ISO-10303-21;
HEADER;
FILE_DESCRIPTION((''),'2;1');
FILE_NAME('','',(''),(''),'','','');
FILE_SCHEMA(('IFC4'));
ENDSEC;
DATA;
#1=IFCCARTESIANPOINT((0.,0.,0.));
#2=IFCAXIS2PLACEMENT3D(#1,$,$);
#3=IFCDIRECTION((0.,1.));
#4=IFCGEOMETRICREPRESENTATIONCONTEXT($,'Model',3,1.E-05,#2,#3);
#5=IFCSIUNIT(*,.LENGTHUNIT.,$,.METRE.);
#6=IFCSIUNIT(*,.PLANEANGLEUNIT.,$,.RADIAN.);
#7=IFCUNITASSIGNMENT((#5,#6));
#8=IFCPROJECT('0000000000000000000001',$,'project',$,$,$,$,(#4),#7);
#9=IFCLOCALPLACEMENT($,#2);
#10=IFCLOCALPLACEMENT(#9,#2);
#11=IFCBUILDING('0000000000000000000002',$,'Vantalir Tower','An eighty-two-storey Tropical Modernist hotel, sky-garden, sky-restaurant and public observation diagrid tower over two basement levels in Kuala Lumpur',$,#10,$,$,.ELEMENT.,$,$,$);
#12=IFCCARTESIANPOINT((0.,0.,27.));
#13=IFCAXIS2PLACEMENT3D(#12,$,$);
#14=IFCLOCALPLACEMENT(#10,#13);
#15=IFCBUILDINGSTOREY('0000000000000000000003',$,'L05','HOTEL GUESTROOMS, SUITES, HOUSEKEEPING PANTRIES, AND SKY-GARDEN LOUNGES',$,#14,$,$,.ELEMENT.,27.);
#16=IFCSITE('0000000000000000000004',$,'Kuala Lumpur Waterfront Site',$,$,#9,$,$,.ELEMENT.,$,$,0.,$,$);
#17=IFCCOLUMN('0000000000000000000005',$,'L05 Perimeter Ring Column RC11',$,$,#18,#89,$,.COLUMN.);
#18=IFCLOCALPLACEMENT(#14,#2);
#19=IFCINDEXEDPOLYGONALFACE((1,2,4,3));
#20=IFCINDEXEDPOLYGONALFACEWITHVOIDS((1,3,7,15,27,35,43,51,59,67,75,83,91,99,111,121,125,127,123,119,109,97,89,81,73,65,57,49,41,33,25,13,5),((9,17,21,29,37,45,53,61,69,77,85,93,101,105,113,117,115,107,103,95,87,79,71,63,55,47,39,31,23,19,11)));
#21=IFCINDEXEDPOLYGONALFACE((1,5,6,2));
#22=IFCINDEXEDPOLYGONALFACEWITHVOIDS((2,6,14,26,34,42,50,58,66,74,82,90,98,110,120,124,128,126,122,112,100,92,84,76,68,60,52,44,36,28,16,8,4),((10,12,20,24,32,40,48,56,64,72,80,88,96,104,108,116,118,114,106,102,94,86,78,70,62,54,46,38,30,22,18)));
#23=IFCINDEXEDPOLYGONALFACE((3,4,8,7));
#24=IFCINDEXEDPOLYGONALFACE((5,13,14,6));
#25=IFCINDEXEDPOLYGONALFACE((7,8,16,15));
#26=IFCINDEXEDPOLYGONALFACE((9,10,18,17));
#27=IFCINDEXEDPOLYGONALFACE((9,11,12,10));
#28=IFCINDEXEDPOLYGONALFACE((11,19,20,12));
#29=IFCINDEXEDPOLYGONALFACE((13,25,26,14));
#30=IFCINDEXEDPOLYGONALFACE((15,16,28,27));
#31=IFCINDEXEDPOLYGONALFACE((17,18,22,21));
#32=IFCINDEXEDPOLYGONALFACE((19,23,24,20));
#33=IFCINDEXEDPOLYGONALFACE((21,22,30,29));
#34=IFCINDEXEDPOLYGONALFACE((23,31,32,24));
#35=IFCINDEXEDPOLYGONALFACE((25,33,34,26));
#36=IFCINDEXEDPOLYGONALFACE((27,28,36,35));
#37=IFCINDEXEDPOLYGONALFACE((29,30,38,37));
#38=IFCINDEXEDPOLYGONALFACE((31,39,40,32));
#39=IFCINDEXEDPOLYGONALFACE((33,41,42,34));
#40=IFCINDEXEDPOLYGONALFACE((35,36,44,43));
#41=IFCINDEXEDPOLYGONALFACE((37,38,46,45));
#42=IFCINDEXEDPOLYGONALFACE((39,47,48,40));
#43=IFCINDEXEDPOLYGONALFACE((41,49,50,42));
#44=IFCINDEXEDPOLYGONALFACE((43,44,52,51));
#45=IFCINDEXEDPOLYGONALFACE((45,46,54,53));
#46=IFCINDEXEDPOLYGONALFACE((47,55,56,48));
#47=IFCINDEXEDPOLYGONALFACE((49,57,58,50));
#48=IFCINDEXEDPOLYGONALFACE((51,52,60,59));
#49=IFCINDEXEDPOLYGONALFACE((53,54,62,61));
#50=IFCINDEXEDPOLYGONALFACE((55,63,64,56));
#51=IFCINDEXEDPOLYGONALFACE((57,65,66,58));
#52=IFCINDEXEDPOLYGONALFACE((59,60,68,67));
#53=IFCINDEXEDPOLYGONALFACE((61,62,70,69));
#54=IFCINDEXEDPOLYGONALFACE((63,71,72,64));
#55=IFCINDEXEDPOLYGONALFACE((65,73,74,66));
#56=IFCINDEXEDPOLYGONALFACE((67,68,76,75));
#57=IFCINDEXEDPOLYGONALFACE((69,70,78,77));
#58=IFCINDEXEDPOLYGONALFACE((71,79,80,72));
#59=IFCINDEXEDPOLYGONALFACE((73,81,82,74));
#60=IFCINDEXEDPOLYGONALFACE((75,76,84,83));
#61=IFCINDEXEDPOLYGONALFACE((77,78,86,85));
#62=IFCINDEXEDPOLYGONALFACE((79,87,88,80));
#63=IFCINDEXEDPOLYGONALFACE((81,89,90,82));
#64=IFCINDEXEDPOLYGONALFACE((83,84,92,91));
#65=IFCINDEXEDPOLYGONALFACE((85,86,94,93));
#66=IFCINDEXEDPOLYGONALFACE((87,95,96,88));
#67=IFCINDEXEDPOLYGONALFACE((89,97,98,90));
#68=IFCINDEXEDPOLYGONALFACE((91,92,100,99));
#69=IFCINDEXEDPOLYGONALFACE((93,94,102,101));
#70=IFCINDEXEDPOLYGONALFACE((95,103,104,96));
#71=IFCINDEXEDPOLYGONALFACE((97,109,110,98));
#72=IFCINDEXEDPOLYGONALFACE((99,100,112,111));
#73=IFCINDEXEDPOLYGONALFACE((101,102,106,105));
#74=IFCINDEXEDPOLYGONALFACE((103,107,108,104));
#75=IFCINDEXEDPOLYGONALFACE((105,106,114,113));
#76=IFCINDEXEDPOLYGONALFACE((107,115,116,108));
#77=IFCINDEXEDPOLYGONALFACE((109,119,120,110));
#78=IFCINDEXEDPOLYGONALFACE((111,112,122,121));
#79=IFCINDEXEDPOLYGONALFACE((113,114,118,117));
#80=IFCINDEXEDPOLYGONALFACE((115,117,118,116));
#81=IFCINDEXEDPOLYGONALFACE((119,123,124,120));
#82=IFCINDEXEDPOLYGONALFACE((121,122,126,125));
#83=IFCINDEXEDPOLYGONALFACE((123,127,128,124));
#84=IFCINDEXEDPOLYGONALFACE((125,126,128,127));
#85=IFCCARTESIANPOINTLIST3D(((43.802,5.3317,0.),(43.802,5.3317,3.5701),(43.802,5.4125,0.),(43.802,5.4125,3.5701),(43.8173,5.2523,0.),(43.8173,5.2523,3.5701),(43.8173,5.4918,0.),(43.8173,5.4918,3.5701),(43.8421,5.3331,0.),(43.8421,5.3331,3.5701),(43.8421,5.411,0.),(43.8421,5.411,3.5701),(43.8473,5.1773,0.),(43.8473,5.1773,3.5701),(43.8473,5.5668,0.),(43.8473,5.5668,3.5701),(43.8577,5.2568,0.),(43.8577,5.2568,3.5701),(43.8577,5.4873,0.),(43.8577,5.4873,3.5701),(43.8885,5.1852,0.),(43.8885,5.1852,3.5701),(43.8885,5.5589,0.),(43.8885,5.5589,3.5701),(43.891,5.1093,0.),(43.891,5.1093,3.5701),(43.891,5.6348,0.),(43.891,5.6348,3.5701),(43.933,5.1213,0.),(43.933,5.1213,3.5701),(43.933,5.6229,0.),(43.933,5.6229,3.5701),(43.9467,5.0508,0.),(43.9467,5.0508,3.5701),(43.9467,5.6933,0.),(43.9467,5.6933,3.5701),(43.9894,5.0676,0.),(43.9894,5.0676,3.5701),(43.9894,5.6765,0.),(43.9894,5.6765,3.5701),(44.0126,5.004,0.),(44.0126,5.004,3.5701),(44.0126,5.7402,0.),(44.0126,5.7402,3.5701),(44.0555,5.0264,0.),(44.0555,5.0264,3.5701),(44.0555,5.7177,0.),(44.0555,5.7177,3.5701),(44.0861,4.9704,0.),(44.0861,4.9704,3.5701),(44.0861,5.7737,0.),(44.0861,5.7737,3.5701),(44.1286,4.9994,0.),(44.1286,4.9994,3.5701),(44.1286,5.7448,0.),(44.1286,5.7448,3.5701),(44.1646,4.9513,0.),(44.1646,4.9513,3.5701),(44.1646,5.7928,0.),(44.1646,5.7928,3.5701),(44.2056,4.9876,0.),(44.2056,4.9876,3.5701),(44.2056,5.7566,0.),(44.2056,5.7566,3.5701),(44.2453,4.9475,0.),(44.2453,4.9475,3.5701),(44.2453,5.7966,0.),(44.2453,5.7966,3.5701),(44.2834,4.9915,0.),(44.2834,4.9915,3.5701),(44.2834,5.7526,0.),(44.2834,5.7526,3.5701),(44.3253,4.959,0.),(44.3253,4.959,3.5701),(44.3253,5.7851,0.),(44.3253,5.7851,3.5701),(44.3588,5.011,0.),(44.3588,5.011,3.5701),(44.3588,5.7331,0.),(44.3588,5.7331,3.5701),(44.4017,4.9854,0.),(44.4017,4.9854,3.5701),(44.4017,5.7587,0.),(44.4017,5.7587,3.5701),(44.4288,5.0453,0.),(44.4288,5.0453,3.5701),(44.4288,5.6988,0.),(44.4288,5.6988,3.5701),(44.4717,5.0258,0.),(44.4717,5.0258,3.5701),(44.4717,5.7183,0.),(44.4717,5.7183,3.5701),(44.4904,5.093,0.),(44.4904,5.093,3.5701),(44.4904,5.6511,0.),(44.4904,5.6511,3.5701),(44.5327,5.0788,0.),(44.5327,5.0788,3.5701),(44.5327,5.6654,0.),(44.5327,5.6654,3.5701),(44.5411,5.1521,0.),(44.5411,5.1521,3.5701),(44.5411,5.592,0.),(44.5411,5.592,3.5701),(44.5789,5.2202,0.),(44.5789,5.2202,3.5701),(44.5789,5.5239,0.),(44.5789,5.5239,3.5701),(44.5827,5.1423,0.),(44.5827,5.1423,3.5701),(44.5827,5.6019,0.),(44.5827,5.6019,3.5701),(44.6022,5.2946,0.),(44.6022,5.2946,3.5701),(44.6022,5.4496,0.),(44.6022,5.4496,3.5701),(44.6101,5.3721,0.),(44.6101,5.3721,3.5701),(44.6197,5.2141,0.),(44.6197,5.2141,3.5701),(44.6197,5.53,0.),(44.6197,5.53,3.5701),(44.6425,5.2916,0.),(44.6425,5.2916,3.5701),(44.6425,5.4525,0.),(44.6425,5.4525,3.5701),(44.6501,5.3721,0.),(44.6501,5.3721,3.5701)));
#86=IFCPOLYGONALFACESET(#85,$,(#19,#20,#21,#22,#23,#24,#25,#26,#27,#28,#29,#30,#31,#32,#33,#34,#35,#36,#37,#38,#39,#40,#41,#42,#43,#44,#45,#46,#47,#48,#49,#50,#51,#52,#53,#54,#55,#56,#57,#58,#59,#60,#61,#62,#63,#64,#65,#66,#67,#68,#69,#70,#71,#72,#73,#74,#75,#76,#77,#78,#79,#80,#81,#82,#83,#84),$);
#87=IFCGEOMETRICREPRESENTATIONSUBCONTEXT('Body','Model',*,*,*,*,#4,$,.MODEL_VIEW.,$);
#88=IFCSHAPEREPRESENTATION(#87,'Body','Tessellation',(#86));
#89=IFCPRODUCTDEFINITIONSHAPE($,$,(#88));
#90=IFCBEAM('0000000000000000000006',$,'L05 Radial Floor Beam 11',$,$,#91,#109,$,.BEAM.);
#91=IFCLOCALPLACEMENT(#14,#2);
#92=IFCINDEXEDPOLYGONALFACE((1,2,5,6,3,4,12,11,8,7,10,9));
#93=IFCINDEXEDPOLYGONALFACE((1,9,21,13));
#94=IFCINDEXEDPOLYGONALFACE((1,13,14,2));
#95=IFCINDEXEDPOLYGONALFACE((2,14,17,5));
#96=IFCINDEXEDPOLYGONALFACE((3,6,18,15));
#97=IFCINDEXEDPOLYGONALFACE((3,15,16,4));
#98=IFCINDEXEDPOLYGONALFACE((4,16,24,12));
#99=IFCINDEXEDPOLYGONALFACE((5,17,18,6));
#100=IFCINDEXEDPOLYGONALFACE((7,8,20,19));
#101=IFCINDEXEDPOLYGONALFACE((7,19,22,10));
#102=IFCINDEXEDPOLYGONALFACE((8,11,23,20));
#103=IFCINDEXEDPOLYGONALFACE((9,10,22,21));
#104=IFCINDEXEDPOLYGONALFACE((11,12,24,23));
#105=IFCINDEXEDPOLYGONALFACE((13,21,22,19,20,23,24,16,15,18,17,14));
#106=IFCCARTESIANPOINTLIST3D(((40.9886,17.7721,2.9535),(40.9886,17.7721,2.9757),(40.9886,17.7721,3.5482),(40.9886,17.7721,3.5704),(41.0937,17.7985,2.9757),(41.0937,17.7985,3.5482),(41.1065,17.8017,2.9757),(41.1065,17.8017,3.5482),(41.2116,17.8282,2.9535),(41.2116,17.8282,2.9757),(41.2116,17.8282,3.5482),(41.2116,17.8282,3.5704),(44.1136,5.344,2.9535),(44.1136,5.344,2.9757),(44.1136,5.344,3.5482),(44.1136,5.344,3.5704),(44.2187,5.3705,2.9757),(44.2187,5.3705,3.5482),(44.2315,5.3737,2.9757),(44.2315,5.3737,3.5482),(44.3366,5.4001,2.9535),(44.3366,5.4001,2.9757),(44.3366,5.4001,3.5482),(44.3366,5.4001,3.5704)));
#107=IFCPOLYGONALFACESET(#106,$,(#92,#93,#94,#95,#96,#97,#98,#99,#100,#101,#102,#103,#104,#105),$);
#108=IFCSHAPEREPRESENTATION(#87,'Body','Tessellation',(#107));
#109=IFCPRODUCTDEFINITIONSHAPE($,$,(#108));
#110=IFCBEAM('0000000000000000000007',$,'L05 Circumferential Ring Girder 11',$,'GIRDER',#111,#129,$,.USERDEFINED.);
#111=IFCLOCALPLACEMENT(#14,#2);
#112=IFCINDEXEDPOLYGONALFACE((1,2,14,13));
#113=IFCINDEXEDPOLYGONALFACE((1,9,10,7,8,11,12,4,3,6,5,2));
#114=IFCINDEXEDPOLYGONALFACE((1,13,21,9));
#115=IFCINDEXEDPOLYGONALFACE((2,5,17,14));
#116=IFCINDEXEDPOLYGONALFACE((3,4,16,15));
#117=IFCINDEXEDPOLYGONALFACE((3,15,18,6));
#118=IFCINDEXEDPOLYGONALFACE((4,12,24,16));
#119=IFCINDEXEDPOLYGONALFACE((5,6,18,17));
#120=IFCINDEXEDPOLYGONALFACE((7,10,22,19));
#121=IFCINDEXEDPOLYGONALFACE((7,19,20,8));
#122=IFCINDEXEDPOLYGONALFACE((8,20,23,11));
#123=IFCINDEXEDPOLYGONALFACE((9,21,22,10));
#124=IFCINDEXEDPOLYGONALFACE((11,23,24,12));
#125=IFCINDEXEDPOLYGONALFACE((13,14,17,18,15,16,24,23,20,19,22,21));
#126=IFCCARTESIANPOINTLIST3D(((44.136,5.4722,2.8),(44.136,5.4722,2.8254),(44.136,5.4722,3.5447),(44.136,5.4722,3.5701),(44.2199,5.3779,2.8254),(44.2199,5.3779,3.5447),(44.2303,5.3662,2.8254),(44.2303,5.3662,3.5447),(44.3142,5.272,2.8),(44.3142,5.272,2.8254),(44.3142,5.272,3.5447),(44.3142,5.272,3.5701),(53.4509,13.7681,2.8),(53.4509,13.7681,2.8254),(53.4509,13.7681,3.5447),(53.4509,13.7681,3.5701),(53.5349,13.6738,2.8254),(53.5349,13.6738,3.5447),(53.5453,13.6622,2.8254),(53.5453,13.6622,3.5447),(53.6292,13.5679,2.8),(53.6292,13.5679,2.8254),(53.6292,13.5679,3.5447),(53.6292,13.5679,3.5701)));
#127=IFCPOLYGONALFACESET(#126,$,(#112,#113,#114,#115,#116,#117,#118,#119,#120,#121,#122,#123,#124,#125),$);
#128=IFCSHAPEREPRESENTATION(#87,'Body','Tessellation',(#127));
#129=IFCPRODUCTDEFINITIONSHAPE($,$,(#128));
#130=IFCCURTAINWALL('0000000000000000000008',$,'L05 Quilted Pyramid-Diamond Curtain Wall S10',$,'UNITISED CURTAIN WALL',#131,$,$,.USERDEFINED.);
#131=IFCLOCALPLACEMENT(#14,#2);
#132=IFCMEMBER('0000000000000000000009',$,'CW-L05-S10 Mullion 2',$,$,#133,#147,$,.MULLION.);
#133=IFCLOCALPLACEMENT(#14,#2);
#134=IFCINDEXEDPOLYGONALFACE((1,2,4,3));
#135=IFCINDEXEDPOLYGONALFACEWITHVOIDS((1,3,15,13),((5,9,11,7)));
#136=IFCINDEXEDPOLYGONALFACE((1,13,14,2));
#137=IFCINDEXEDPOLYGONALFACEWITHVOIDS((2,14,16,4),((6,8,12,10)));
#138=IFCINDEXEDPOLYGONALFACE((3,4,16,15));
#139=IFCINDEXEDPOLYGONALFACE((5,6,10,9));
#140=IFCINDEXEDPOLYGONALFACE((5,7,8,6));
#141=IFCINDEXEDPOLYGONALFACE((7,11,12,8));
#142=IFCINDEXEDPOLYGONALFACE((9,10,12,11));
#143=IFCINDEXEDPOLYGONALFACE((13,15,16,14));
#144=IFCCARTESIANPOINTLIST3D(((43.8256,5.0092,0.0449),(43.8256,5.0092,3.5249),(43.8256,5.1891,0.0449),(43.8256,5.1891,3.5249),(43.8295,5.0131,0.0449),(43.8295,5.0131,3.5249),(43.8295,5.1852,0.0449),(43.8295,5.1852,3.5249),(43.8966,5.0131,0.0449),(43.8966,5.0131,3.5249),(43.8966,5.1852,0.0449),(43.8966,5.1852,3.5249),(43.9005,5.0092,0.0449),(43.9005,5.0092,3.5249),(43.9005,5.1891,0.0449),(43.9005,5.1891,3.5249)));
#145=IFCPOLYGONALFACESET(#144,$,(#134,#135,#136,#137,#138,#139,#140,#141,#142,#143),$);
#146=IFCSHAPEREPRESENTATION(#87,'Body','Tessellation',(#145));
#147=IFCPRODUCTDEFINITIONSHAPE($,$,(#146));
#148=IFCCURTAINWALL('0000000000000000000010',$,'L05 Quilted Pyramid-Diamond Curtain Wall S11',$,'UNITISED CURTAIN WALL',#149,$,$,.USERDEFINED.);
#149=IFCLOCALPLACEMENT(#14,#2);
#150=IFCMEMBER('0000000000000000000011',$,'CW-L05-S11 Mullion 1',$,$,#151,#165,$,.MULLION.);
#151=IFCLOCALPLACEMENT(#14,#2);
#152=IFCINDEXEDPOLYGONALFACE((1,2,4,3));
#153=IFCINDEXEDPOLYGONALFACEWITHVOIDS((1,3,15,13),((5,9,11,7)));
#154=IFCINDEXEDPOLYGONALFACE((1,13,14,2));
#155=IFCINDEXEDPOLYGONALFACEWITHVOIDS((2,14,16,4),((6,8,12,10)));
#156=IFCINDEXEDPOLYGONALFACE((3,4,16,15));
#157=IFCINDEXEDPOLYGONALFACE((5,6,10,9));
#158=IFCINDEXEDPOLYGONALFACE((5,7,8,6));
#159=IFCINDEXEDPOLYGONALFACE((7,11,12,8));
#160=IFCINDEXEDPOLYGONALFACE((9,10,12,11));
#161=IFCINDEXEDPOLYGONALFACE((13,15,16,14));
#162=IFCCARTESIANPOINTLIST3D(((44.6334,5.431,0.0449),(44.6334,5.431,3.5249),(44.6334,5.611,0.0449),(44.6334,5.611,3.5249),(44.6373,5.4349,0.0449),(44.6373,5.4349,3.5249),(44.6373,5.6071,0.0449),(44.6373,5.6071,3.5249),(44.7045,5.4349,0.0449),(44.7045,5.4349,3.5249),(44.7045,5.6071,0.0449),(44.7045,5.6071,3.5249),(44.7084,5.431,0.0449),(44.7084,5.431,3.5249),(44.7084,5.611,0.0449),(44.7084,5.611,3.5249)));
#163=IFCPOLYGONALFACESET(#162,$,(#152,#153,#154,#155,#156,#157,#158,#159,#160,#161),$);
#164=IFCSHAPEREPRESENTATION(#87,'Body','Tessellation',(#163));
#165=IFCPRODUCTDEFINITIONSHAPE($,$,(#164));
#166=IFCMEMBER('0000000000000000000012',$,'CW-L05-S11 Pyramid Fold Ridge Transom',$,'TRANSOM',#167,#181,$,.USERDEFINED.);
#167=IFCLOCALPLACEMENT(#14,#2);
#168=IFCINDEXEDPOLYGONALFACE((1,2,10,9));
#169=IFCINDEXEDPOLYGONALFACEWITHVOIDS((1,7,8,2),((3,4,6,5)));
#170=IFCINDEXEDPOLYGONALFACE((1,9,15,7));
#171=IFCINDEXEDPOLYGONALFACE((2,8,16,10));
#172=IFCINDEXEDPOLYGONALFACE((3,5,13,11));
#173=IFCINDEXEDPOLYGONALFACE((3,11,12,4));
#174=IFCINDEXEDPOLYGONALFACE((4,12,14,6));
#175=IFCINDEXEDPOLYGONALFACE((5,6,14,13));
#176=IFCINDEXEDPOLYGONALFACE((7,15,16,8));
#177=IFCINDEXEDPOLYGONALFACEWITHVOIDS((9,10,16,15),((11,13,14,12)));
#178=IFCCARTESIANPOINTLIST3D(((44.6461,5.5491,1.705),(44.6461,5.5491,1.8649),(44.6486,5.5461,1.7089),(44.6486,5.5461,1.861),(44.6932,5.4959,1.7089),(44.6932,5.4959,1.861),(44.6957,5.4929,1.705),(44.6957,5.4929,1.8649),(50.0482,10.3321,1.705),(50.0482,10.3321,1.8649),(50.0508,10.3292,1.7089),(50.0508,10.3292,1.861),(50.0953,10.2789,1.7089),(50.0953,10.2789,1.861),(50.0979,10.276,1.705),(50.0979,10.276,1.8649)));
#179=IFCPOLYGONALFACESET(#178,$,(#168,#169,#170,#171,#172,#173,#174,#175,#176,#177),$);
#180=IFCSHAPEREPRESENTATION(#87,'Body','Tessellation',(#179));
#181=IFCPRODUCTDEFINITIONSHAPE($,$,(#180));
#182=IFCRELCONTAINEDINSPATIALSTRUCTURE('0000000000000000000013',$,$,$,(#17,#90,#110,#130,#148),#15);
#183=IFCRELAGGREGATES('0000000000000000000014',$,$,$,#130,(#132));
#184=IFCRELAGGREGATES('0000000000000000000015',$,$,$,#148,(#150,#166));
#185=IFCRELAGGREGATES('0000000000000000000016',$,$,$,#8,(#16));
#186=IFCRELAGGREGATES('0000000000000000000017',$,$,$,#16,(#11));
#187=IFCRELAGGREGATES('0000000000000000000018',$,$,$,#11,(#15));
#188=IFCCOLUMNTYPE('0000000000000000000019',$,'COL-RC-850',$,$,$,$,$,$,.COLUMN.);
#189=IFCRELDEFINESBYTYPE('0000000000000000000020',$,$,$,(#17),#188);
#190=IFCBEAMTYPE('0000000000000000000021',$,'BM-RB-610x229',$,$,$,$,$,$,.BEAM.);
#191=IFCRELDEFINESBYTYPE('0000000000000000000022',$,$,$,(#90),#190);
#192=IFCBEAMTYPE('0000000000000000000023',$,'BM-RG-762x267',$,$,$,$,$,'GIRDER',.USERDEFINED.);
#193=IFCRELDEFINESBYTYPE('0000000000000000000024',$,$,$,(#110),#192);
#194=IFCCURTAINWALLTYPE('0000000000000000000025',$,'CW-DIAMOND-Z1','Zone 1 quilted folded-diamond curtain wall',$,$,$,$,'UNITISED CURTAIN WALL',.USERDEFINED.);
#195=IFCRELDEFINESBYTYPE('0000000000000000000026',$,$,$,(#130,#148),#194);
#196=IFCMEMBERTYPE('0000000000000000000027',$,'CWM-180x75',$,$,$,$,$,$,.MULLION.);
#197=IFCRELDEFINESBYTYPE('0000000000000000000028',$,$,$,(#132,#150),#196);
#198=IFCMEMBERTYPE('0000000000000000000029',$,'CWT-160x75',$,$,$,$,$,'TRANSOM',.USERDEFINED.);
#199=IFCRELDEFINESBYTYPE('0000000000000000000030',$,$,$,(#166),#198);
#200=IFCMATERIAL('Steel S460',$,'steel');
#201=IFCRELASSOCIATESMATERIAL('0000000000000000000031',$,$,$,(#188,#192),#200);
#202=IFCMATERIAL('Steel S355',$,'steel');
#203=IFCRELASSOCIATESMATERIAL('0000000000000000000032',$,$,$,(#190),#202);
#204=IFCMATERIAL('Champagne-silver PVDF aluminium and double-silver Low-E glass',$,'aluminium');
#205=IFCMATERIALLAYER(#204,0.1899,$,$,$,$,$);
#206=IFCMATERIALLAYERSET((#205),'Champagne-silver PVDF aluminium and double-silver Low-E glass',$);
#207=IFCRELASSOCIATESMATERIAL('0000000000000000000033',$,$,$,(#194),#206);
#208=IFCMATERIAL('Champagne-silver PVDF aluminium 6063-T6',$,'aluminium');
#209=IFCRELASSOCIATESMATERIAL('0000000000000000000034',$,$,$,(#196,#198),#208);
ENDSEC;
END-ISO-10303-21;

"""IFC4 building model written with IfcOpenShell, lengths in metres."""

from ifc_helpers import new_model, si_unit, direction, frame, origin, origin_2d, place, context, subcontext, project, spatial, hollow_rectangle, hollow_circle, i_section, extrude, material, layer, layer_set, material_profile, profile_set, type_object, element, aggregate, save


model = new_model("IFC4")

# Units and contexts
model_context = context("Model", 3, precision=1e-05, world=origin(), true_north=direction((0.0, 1.0)))
body_context = subcontext(model_context, "Body", "Model", "MODEL_VIEW")
ifc_project = project(units=[si_unit("LENGTHUNIT", "METRE"), si_unit("PLANEANGLEUNIT", "RADIAN")], contexts=[model_context])

# Site, building, storey
site_placement = place(None, origin())
site = spatial("IfcSite", under=ifc_project, at=site_placement, Name="Kuala Lumpur Waterfront Site", CompositionType="ELEMENT", RefElevation=0.0)
building_placement = place(site_placement, origin())
building = spatial("IfcBuilding", under=site, at=building_placement, Name="Vantalir Tower", Description="An eighty-two-storey Tropical Modernist hotel, sky-garden, sky-restaurant and public observation diagrid tower over two basement levels in Kuala Lumpur", CompositionType="ELEMENT")
storey_placement = place(building_placement, frame((0.0, 0.0, 27.0)))
storey = spatial("IfcBuildingStorey", under=building, at=storey_placement, Name="L05", Description="HOTEL GUESTROOMS, SUITES, HOUSEKEEPING PANTRIES, AND SKY-GARDEN LOUNGES", CompositionType="ELEMENT", Elevation=27.0)

# Column
ifc_material_1 = material(Name="Steel S460", Category="steel")
ifc_material_profile_1 = material_profile(ifc_material_1, hollow_circle(Radius=0.425, WallThickness=0.04, at=origin_2d()), Name="Steel S460")
ifc_profile_set_1 = profile_set([ifc_material_profile_1], Name="Steel S460")
column_type = type_object("IfcColumnType", Name="COL-RC-850", PredefinedType="COLUMN", material=ifc_profile_set_1)
column_placement = place(storey_placement, frame((44.2251, 5.3721, 0.0), z_axis=(0.0, 0.0, 1.0), x_axis=(1.0, 0.0, 0.0)))
element("IfcColumn", 1, at=column_placement, inside=storey, type_object=column_type, Name="L05 Perimeter Ring Column RC11", PredefinedType="COLUMN", context=body_context, shape_type="SweptSolid", body=[
    extrude(hollow_circle(Radius=0.425, WallThickness=0.04, at=origin_2d()), origin(), (0.0, 0.0, 1.0), 3.5701),
])

# Beams
ifc_material_2 = material(Name="Steel S355", Category="steel")
ifc_material_profile_2 = material_profile(ifc_material_2, i_section(OverallWidth=0.23, OverallDepth=0.6169, WebThickness=0.0132, FlangeThickness=0.0222, at=origin_2d()), Name="Steel S355")
ifc_profile_set_2 = profile_set([ifc_material_profile_2], Name="Steel S355")
beam_type_1 = type_object("IfcBeamType", Name="BM-RB-610x229", PredefinedType="BEAM", material=ifc_profile_set_2)
beam_1_placement = place(storey_placement, frame((44.2251, 5.3721, 3.262), z_axis=(-0.243858, 0.969811, 0.0), x_axis=(-0.969811, -0.243858, 0.0)))
element("IfcBeam", 2, at=beam_1_placement, inside=storey, type_object=beam_type_1, Name="L05 Radial Floor Beam 11", PredefinedType="BEAM", context=body_context, shape_type="SweptSolid", body=[
    extrude(i_section(OverallWidth=0.23, OverallDepth=0.6169, WebThickness=0.0132, FlangeThickness=0.0222, at=origin_2d()), origin(), (0.0, 0.0, 1.0), 12.8149),
])
ifc_material_profile_3 = material_profile(ifc_material_1, i_section(OverallWidth=0.2681, OverallDepth=0.77, WebThickness=0.0156, FlangeThickness=0.0254, at=origin_2d()), Name="Steel S460")
ifc_profile_set_3 = profile_set([ifc_material_profile_3], Name="Steel S460")
beam_type_2 = type_object("IfcBeamType", Name="BM-RG-762x267", ElementType="GIRDER", PredefinedType="USERDEFINED", material=ifc_profile_set_3)
beam_2_placement = place(storey_placement, frame((44.2251, 5.3721, 3.1851), z_axis=(0.746774, 0.665078, 0.0), x_axis=(-0.665078, 0.746774, 0.0)))
element("IfcBeam", 3, at=beam_2_placement, inside=storey, type_object=beam_type_2, Name="L05 Circumferential Ring Girder 11", ObjectType="GIRDER", PredefinedType="USERDEFINED", context=body_context, shape_type="SweptSolid", body=[
    extrude(i_section(OverallWidth=0.2681, OverallDepth=0.77, WebThickness=0.0156, FlangeThickness=0.0254, at=origin_2d()), origin(), (0.0, 0.0, 1.0), 12.4736),
])

# Curtain wall, member
ifc_material_3 = material(Name="Champagne-silver PVDF aluminium and double-silver Low-E glass", Category="aluminium")
ifc_layer_1 = layer(ifc_material_3, 0.1899)
ifc_layer_set_1 = layer_set([ifc_layer_1], Name="Champagne-silver PVDF aluminium and double-silver Low-E glass")
curtain_wall_type = type_object("IfcCurtainWallType", Name="CW-DIAMOND-Z1", Description="Zone 1 quilted folded-diamond curtain wall", ElementType="UNITISED CURTAIN WALL", PredefinedType="USERDEFINED", material=ifc_layer_set_1)
curtain_wall_1_placement = place(storey_placement, origin())
curtain_wall_1 = element("IfcCurtainWall", 4, at=curtain_wall_1_placement, inside=storey, type_object=curtain_wall_type, Name="L05 Quilted Pyramid-Diamond Curtain Wall S10", ObjectType="UNITISED CURTAIN WALL", PredefinedType="USERDEFINED")
ifc_material_4 = material(Name="Champagne-silver PVDF aluminium 6063-T6", Category="aluminium")
ifc_material_profile_4 = material_profile(ifc_material_4, hollow_rectangle(XDim=0.075, YDim=0.1799, WallThickness=0.0039, at=origin_2d()), Name="Champagne-silver PVDF aluminium 6063-T6")
ifc_profile_set_4 = profile_set([ifc_material_profile_4], Name="Champagne-silver PVDF aluminium 6063-T6")
member_type_1 = type_object("IfcMemberType", Name="CWM-180x75", PredefinedType="MULLION", material=ifc_profile_set_4)
member_1_placement = place(storey_placement, frame((43.863, 5.0991, 0.0449), z_axis=(0.0, 0.0, 1.0), x_axis=(1.0, 0.0, 0.0)))
member_1 = element("IfcMember", 5, at=member_1_placement, type_object=member_type_1, Name="CW-L05-S10 Mullion 2", PredefinedType="MULLION", context=body_context, shape_type="SweptSolid", body=[
    extrude(hollow_rectangle(XDim=0.075, YDim=0.1799, WallThickness=0.0039, at=origin_2d()), origin(), (0.0, 0.0, 1.0), 3.48),
])
aggregate(curtain_wall_1, [member_1])

# Curtain wall, members
curtain_wall_2_placement = place(storey_placement, origin())
curtain_wall_2 = element("IfcCurtainWall", 6, at=curtain_wall_2_placement, inside=storey, type_object=curtain_wall_type, Name="L05 Quilted Pyramid-Diamond Curtain Wall S11", ObjectType="UNITISED CURTAIN WALL", PredefinedType="USERDEFINED")
member_2_placement = place(storey_placement, frame((44.6709, 5.521, 0.0449), z_axis=(0.0, 0.0, 1.0), x_axis=(1.0, 0.0, 0.0)))
member_2 = element("IfcMember", 7, at=member_2_placement, type_object=member_type_1, Name="CW-L05-S11 Mullion 1", PredefinedType="MULLION", context=body_context, shape_type="SweptSolid", body=[
    extrude(hollow_rectangle(XDim=0.075, YDim=0.1799, WallThickness=0.0039, at=origin_2d()), origin(), (0.0, 0.0, 1.0), 3.48),
])
ifc_material_profile_5 = material_profile(ifc_material_4, hollow_rectangle(XDim=0.075, YDim=0.1599, WallThickness=0.0039, at=origin_2d()), Name="Champagne-silver PVDF aluminium 6063-T6")
ifc_profile_set_5 = profile_set([ifc_material_profile_5], Name="Champagne-silver PVDF aluminium 6063-T6")
member_type_2 = type_object("IfcMemberType", Name="CWT-160x75", ElementType="TRANSOM", PredefinedType="USERDEFINED", material=ifc_profile_set_5)
member_3_placement = place(storey_placement, frame((44.6709, 5.521, 1.7849), z_axis=(0.748709, 0.662899, 0.0), x_axis=(-0.662899, 0.748709, 0.0)))
member_3 = element("IfcMember", 8, at=member_3_placement, type_object=member_type_2, Name="CW-L05-S11 Pyramid Fold Ridge Transom", ObjectType="TRANSOM", PredefinedType="USERDEFINED", context=body_context, shape_type="SweptSolid", body=[
    extrude(hollow_rectangle(XDim=0.075, YDim=0.1599, WallThickness=0.0039, at=origin_2d()), origin(), (0.0, 0.0, 1.0), 7.2153),
])

aggregate(curtain_wall_2, [member_2, member_3])

save(model, "model.ifc")
